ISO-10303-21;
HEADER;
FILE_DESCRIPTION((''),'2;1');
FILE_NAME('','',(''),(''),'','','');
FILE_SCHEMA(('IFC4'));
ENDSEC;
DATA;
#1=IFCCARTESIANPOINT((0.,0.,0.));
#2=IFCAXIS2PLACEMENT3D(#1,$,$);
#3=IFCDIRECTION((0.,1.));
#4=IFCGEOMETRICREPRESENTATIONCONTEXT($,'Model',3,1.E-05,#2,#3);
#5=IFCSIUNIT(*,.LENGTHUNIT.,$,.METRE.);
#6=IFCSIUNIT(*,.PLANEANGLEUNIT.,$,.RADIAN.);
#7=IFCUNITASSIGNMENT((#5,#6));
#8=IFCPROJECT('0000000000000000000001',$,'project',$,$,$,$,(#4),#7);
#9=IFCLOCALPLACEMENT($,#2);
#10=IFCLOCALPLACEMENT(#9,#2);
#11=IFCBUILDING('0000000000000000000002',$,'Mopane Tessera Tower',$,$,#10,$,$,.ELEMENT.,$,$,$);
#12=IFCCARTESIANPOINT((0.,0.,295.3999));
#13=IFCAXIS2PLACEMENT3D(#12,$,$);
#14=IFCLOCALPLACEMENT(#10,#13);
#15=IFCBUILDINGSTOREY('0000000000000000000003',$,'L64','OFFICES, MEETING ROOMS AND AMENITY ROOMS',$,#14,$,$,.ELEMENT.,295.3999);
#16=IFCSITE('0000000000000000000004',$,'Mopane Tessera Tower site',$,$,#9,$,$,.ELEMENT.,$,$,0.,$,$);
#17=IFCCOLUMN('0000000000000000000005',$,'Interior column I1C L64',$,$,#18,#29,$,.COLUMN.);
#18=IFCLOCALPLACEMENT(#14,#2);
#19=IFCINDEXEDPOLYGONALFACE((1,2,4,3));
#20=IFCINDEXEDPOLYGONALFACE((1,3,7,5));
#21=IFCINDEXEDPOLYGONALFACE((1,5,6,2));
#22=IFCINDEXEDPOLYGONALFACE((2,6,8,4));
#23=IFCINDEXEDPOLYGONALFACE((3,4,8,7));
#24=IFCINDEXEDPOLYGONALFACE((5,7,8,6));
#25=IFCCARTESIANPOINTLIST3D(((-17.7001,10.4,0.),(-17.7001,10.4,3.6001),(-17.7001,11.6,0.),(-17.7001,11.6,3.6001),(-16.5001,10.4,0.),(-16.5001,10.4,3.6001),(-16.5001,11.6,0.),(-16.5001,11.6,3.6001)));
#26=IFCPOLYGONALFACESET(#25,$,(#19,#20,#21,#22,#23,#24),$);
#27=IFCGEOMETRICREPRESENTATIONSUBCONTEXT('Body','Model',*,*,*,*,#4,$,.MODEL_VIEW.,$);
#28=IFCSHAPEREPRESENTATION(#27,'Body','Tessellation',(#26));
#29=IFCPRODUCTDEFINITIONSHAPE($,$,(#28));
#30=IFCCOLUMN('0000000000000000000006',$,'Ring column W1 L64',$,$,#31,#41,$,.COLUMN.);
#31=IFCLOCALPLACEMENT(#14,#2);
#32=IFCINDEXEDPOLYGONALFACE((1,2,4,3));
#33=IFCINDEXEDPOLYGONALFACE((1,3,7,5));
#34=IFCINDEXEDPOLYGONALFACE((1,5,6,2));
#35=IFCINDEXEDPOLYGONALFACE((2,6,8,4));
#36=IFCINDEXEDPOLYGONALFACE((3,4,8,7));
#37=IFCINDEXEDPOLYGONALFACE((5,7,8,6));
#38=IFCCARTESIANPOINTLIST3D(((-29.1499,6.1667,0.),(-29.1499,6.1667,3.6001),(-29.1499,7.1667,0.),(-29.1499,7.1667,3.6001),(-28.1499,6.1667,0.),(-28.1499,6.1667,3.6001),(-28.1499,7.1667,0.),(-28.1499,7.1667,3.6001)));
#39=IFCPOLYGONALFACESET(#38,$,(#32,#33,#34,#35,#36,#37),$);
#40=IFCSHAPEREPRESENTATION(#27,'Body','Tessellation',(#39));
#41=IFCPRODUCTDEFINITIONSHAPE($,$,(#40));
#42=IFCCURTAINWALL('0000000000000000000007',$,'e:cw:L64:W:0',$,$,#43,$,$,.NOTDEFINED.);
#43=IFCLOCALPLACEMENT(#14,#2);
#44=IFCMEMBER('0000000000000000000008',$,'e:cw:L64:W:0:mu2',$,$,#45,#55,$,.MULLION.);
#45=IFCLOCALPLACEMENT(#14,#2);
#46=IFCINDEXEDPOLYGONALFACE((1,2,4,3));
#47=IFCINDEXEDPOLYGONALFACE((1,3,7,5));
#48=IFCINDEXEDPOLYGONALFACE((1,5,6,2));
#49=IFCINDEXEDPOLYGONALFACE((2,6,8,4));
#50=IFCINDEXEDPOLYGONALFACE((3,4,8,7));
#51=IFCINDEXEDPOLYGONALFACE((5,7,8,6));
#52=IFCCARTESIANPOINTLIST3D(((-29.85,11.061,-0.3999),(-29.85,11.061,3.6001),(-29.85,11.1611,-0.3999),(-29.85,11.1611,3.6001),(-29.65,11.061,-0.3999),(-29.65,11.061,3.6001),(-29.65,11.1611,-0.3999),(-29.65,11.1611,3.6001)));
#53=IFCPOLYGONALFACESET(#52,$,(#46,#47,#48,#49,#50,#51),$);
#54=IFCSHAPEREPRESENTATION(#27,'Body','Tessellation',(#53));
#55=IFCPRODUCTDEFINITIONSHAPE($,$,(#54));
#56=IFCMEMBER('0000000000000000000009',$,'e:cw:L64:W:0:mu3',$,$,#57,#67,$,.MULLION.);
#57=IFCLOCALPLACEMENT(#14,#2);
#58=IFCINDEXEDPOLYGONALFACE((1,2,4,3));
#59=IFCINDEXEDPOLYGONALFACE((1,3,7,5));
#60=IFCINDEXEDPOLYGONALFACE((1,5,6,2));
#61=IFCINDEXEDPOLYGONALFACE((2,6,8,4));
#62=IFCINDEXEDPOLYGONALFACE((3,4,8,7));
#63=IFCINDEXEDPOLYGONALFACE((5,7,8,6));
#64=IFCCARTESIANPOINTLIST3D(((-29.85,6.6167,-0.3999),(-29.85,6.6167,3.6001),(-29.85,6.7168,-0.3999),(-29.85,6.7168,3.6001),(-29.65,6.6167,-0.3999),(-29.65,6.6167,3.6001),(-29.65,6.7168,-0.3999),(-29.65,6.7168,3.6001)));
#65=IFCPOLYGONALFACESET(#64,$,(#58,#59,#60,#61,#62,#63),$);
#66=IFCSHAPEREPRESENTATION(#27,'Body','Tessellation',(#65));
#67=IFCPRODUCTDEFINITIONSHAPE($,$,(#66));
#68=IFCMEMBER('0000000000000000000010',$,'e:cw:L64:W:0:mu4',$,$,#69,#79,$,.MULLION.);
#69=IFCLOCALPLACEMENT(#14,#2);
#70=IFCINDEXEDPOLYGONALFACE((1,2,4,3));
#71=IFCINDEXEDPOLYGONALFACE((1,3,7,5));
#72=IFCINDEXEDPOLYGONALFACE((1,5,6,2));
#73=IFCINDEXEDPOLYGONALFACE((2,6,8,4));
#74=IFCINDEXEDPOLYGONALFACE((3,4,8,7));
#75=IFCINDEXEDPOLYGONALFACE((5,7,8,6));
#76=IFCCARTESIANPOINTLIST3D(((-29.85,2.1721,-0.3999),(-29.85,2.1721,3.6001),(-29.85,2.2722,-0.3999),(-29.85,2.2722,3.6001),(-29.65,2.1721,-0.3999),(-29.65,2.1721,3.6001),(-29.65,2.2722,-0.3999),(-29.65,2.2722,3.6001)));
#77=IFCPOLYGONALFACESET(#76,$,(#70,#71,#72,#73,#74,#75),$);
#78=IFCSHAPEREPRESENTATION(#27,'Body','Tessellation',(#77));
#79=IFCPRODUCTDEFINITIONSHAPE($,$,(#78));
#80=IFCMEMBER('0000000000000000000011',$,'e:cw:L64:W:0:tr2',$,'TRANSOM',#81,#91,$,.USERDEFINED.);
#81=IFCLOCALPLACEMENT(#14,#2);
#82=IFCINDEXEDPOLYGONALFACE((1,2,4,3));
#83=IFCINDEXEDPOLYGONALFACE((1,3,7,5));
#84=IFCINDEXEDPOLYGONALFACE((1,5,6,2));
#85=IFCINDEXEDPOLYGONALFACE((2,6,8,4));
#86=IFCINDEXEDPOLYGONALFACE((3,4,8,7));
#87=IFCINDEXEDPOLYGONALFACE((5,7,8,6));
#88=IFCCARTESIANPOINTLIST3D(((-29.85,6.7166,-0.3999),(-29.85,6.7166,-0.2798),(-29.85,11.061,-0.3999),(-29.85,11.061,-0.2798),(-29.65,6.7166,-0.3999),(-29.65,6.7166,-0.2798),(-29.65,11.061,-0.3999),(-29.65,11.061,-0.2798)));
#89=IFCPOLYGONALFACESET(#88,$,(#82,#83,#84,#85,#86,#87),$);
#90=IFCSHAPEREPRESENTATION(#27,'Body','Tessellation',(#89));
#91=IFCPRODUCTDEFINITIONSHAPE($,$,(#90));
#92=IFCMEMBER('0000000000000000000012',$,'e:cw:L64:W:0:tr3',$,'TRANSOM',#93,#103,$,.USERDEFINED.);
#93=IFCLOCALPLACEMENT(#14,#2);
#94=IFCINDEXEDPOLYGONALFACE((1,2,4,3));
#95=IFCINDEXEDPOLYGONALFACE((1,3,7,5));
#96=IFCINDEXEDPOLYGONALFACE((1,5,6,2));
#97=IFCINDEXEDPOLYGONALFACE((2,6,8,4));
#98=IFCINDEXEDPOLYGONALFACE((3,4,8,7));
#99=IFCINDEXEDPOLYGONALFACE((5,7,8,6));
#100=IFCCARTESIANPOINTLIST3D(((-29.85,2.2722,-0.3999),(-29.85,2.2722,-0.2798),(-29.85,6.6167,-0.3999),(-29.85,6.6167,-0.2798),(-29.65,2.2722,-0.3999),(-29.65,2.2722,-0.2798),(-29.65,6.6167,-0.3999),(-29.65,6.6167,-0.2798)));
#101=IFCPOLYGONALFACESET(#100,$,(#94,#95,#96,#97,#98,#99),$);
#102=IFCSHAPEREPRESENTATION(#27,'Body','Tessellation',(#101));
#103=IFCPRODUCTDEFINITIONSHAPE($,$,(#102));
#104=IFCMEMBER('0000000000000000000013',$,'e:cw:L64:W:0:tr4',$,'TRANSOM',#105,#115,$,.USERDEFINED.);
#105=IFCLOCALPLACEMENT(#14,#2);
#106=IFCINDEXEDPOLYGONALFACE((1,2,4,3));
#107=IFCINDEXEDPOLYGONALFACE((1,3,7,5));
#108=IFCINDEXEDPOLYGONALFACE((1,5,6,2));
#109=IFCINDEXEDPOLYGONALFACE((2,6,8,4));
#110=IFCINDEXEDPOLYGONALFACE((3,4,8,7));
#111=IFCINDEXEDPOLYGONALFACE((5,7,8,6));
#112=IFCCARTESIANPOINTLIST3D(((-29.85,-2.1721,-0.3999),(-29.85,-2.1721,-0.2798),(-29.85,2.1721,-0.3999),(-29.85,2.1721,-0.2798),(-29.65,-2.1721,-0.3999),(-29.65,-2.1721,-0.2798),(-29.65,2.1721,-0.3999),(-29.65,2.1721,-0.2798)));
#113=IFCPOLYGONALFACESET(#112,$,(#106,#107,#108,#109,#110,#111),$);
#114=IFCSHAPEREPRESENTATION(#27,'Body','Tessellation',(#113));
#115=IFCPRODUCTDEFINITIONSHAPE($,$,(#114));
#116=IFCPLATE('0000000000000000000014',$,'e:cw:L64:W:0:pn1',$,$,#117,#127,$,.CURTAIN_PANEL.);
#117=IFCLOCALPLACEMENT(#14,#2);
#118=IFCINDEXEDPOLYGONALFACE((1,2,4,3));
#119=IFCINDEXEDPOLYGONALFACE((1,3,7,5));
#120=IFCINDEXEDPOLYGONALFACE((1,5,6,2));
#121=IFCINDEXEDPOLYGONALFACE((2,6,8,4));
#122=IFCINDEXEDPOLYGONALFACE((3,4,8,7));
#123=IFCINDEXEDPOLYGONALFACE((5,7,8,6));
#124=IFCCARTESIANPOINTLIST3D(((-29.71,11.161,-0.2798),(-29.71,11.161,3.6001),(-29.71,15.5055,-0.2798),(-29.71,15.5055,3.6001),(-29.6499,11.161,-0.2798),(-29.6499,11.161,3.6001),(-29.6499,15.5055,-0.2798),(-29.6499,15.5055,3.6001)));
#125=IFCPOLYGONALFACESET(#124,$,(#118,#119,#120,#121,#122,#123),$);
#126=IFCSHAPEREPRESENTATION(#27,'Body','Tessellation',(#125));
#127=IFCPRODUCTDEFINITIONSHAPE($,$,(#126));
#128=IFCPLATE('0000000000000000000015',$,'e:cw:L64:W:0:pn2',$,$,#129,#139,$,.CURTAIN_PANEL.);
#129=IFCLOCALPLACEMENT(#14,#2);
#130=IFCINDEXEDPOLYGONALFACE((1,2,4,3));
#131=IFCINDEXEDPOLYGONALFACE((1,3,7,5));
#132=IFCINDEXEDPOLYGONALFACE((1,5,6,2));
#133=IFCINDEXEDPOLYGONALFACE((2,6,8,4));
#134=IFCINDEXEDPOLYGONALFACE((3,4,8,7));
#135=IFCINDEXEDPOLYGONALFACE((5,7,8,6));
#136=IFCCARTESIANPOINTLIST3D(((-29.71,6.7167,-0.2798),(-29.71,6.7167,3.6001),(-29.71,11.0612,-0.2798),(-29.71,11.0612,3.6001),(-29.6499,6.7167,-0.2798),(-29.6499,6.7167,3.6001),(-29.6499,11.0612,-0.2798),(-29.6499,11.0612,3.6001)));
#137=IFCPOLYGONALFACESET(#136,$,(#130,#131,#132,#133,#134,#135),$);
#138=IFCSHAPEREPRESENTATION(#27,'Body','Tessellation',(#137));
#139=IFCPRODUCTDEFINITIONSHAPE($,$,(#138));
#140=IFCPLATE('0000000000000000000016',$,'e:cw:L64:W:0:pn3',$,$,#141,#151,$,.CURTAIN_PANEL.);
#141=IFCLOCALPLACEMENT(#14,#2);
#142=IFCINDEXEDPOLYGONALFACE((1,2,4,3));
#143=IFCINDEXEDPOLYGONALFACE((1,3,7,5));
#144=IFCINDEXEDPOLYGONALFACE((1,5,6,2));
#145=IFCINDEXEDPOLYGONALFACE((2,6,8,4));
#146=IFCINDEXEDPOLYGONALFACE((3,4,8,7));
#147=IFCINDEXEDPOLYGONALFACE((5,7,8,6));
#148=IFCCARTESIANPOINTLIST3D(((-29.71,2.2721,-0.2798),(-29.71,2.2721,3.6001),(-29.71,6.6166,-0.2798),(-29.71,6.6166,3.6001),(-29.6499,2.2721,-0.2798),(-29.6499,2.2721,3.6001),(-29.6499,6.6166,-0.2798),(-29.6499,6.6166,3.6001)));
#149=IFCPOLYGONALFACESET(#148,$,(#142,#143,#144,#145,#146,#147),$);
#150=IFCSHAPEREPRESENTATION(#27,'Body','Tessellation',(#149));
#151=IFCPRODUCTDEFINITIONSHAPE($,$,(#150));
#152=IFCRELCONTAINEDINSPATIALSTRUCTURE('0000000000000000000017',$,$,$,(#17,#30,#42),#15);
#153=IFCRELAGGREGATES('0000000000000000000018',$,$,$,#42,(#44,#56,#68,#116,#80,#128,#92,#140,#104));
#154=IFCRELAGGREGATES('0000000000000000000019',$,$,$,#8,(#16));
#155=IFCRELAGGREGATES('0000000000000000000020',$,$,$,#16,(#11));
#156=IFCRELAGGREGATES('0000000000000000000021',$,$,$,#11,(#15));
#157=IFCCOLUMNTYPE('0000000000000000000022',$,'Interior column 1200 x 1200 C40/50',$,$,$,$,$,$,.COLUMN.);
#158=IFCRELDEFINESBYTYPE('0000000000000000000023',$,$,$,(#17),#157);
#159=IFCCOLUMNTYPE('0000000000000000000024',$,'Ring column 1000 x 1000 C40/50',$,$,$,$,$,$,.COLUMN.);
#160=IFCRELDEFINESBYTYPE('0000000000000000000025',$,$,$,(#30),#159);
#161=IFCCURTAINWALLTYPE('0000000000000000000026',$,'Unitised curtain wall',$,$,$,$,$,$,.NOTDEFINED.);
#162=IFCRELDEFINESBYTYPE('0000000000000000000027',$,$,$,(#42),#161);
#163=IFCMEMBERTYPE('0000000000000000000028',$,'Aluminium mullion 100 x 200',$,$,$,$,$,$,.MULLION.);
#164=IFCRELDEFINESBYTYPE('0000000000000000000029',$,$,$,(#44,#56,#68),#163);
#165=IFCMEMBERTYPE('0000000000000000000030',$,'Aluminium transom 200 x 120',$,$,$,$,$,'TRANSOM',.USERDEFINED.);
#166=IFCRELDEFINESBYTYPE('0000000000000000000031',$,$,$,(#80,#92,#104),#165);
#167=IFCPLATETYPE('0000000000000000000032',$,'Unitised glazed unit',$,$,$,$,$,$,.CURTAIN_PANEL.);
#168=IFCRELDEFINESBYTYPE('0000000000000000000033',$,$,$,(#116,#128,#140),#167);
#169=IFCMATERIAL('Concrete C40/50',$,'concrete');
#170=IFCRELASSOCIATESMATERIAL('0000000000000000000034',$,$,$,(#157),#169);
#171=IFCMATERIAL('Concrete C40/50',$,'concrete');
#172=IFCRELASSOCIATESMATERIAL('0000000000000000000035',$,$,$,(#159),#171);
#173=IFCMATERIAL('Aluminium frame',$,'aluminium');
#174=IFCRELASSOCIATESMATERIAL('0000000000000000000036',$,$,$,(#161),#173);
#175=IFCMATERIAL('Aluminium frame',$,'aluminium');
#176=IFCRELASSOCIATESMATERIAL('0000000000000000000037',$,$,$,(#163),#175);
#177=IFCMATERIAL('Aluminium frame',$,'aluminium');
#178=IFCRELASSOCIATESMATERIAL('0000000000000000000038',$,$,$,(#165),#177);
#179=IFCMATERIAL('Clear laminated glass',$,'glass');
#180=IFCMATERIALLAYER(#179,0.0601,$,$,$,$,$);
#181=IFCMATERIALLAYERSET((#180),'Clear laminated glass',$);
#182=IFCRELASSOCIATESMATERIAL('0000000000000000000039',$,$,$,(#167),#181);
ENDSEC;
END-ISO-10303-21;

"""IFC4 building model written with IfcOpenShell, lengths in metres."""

from ifc_helpers import new_model, si_unit, direction, frame, origin, origin_2d, place, context, subcontext, project, spatial, rectangle, extrude, material, layer, layer_set, material_profile, profile_set, type_object, element, aggregate, save


model = new_model("IFC4")

# Units and contexts
model_context = context("Model", 3, precision=1e-05, world=origin(), true_north=direction((0.0, 1.0)))
body_context = subcontext(model_context, "Body", "Model", "MODEL_VIEW")
ifc_project = project(units=[si_unit("LENGTHUNIT", "METRE"), si_unit("PLANEANGLEUNIT", "RADIAN")], contexts=[model_context])

# Site, building, storey
site_placement = place(None, origin())
site = spatial("IfcSite", under=ifc_project, at=site_placement, Name="Mopane Tessera Tower site", CompositionType="ELEMENT", RefElevation=0.0)
building_placement = place(site_placement, origin())
building = spatial("IfcBuilding", under=site, at=building_placement, Name="Mopane Tessera Tower", CompositionType="ELEMENT")
storey_placement = place(building_placement, frame((0.0, 0.0, 295.3999)))
storey = spatial("IfcBuildingStorey", under=building, at=storey_placement, Name="L64", Description="OFFICES, MEETING ROOMS AND AMENITY ROOMS", CompositionType="ELEMENT", Elevation=295.3999)

# Columns
ifc_material_1 = material(Name="Concrete C40/50", Category="concrete")
ifc_material_profile_1 = material_profile(ifc_material_1, rectangle(XDim=1.2, YDim=1.2, at=origin_2d()))
ifc_profile_set_1 = profile_set([ifc_material_profile_1], Name="Concrete C40/50")
column_type_1 = type_object("IfcColumnType", Name="Interior column 1200 x 1200 C40/50", PredefinedType="COLUMN", material=ifc_profile_set_1)
column_1_placement = place(storey_placement, frame((-17.1001, 11.0, 0.0), z_axis=(0.0, 0.0, 1.0), x_axis=(1.0, 0.0, 0.0)))
element("IfcColumn", 1, at=column_1_placement, inside=storey, type_object=column_type_1, Name="Interior column I1C L64", PredefinedType="COLUMN", context=body_context, shape_type="SweptSolid", body=[
    extrude(rectangle(XDim=1.2, YDim=1.2, at=origin_2d()), origin(), (0.0, 0.0, 1.0), 3.6001),
])
ifc_material_2 = material(Name="Concrete C40/50", Category="concrete")
ifc_material_profile_2 = material_profile(ifc_material_2, rectangle(XDim=1.0, YDim=1.0, at=origin_2d()))
ifc_profile_set_2 = profile_set([ifc_material_profile_2], Name="Concrete C40/50")
column_type_2 = type_object("IfcColumnType", Name="Ring column 1000 x 1000 C40/50", PredefinedType="COLUMN", material=ifc_profile_set_2)
column_2_placement = place(storey_placement, frame((-28.6499, 6.6667, 0.0), z_axis=(0.0, 0.0, 1.0), x_axis=(1.0, 0.0, 0.0)))
element("IfcColumn", 2, at=column_2_placement, inside=storey, type_object=column_type_2, Name="Ring column W1 L64", PredefinedType="COLUMN", context=body_context, shape_type="SweptSolid", body=[
    extrude(rectangle(XDim=1.0, YDim=1.0, at=origin_2d()), origin(), (0.0, 0.0, 1.0), 3.6001),
])

# Curtain wall, members, plates
ifc_material_3 = material(Name="Aluminium frame", Category="aluminium")
curtain_wall_type = type_object("IfcCurtainWallType", Name="Unitised curtain wall", PredefinedType="NOTDEFINED", material=ifc_material_3)
curtain_wall_placement = place(storey_placement, origin())
curtain_wall = element("IfcCurtainWall", 3, at=curtain_wall_placement, inside=storey, type_object=curtain_wall_type, Name="e:cw:L64:W:0", PredefinedType="NOTDEFINED")
ifc_material_4 = material(Name="Aluminium frame", Category="aluminium")
ifc_material_profile_3 = material_profile(ifc_material_4, rectangle(XDim=0.1001, YDim=0.2, at=origin_2d()))
ifc_profile_set_3 = profile_set([ifc_material_profile_3], Name="Aluminium frame")
member_type_1 = type_object("IfcMemberType", Name="Aluminium mullion 100 x 200", PredefinedType="MULLION", material=ifc_profile_set_3)
member_1_placement = place(storey_placement, frame((-29.75, 11.1111, -0.3999), z_axis=(0.0, 0.0, 1.0), x_axis=(0.0, -1.0, 0.0)))
member_1 = element("IfcMember", 4, at=member_1_placement, type_object=member_type_1, Name="e:cw:L64:W:0:mu2", PredefinedType="MULLION", context=body_context, shape_type="SweptSolid", body=[
    extrude(rectangle(XDim=0.1001, YDim=0.2, at=origin_2d()), origin(), (0.0, 0.0, 1.0), 4.0),
])
member_2_placement = place(storey_placement, frame((-29.75, 6.6667, -0.3999), z_axis=(0.0, 0.0, 1.0), x_axis=(0.0, -1.0, 0.0)))
member_2 = element("IfcMember", 5, at=member_2_placement, type_object=member_type_1, Name="e:cw:L64:W:0:mu3", PredefinedType="MULLION", context=body_context, shape_type="SweptSolid", body=[
    extrude(rectangle(XDim=0.1001, YDim=0.2, at=origin_2d()), origin(), (0.0, 0.0, 1.0), 4.0),
])
member_3_placement = place(storey_placement, frame((-29.75, 2.2222, -0.3999), z_axis=(0.0, 0.0, 1.0), x_axis=(0.0, -1.0, 0.0)))
member_3 = element("IfcMember", 6, at=member_3_placement, type_object=member_type_1, Name="e:cw:L64:W:0:mu4", PredefinedType="MULLION", context=body_context, shape_type="SweptSolid", body=[
    extrude(rectangle(XDim=0.1001, YDim=0.2, at=origin_2d()), origin(), (0.0, 0.0, 1.0), 4.0),
])
ifc_material_5 = material(Name="Aluminium frame", Category="aluminium")
ifc_material_profile_4 = material_profile(ifc_material_5, rectangle(XDim=0.2, YDim=0.1201, at=origin_2d()))
ifc_profile_set_4 = profile_set([ifc_material_profile_4], Name="Aluminium frame")
member_type_2 = type_object("IfcMemberType", Name="Aluminium transom 200 x 120", ElementType="TRANSOM", PredefinedType="USERDEFINED", material=ifc_profile_set_4)
member_4_placement = place(storey_placement, frame((-29.75, 11.061, -0.3398), z_axis=(0.0, -1.0, 0.0), x_axis=(1.0, 0.0, 0.0)))
member_4 = element("IfcMember", 7, at=member_4_placement, type_object=member_type_2, Name="e:cw:L64:W:0:tr2", ObjectType="TRANSOM", PredefinedType="USERDEFINED", context=body_context, shape_type="SweptSolid", body=[
    extrude(rectangle(XDim=0.2, YDim=0.1201, at=origin_2d()), origin(), (0.0, 0.0, 1.0), 4.3445),
])
member_5_placement = place(storey_placement, frame((-29.75, 6.6167, -0.3398), z_axis=(0.0, -1.0, 0.0), x_axis=(1.0, 0.0, 0.0)))
member_5 = element("IfcMember", 8, at=member_5_placement, type_object=member_type_2, Name="e:cw:L64:W:0:tr3", ObjectType="TRANSOM", PredefinedType="USERDEFINED", context=body_context, shape_type="SweptSolid", body=[
    extrude(rectangle(XDim=0.2, YDim=0.1201, at=origin_2d()), origin(), (0.0, 0.0, 1.0), 4.3445),
])
member_6_placement = place(storey_placement, frame((-29.75, 2.1721, -0.3398), z_axis=(0.0, -1.0, 0.0), x_axis=(1.0, 0.0, 0.0)))
member_6 = element("IfcMember", 9, at=member_6_placement, type_object=member_type_2, Name="e:cw:L64:W:0:tr4", ObjectType="TRANSOM", PredefinedType="USERDEFINED", context=body_context, shape_type="SweptSolid", body=[
    extrude(rectangle(XDim=0.2, YDim=0.1201, at=origin_2d()), origin(), (0.0, 0.0, 1.0), 4.3442),
])
ifc_material_6 = material(Name="Clear laminated glass", Category="glass")
ifc_layer_1 = layer(ifc_material_6, 0.0601)
ifc_layer_set_1 = layer_set([ifc_layer_1], Name="Clear laminated glass")
plate_type = type_object("IfcPlateType", Name="Unitised glazed unit", PredefinedType="CURTAIN_PANEL", material=ifc_layer_set_1)
plate_1_placement = place(storey_placement, frame((-29.6799, 13.3333, -0.2798), z_axis=(0.0, 0.0, 1.0), x_axis=(0.0, -1.0, 0.0)))
plate_1 = element("IfcPlate", 10, at=plate_1_placement, type_object=plate_type, Name="e:cw:L64:W:0:pn1", PredefinedType="CURTAIN_PANEL", context=body_context, shape_type="SweptSolid", body=[
    extrude(rectangle(XDim=4.3445, YDim=0.0601, at=origin_2d()), origin(), (0.0, 0.0, 1.0), 3.8799),
])
plate_2_placement = place(storey_placement, frame((-29.6799, 8.8889, -0.2798), z_axis=(0.0, 0.0, 1.0), x_axis=(0.0, -1.0, 0.0)))
plate_2 = element("IfcPlate", 11, at=plate_2_placement, type_object=plate_type, Name="e:cw:L64:W:0:pn2", PredefinedType="CURTAIN_PANEL", context=body_context, shape_type="SweptSolid", body=[
    extrude(rectangle(XDim=4.3445, YDim=0.0601, at=origin_2d()), origin(), (0.0, 0.0, 1.0), 3.8799),
])
plate_3_placement = place(storey_placement, frame((-29.6799, 4.4443, -0.2798), z_axis=(0.0, 0.0, 1.0), x_axis=(0.0, -1.0, 0.0)))
plate_3 = element("IfcPlate", 12, at=plate_3_placement, type_object=plate_type, Name="e:cw:L64:W:0:pn3", PredefinedType="CURTAIN_PANEL", context=body_context, shape_type="SweptSolid", body=[
    extrude(rectangle(XDim=4.3445, YDim=0.0601, at=origin_2d()), origin(), (0.0, 0.0, 1.0), 3.8799),
])
aggregate(curtain_wall, [member_1, member_2, member_3, plate_1, member_4, plate_2, member_5, plate_3, member_6])

save(model, "model.ifc")
